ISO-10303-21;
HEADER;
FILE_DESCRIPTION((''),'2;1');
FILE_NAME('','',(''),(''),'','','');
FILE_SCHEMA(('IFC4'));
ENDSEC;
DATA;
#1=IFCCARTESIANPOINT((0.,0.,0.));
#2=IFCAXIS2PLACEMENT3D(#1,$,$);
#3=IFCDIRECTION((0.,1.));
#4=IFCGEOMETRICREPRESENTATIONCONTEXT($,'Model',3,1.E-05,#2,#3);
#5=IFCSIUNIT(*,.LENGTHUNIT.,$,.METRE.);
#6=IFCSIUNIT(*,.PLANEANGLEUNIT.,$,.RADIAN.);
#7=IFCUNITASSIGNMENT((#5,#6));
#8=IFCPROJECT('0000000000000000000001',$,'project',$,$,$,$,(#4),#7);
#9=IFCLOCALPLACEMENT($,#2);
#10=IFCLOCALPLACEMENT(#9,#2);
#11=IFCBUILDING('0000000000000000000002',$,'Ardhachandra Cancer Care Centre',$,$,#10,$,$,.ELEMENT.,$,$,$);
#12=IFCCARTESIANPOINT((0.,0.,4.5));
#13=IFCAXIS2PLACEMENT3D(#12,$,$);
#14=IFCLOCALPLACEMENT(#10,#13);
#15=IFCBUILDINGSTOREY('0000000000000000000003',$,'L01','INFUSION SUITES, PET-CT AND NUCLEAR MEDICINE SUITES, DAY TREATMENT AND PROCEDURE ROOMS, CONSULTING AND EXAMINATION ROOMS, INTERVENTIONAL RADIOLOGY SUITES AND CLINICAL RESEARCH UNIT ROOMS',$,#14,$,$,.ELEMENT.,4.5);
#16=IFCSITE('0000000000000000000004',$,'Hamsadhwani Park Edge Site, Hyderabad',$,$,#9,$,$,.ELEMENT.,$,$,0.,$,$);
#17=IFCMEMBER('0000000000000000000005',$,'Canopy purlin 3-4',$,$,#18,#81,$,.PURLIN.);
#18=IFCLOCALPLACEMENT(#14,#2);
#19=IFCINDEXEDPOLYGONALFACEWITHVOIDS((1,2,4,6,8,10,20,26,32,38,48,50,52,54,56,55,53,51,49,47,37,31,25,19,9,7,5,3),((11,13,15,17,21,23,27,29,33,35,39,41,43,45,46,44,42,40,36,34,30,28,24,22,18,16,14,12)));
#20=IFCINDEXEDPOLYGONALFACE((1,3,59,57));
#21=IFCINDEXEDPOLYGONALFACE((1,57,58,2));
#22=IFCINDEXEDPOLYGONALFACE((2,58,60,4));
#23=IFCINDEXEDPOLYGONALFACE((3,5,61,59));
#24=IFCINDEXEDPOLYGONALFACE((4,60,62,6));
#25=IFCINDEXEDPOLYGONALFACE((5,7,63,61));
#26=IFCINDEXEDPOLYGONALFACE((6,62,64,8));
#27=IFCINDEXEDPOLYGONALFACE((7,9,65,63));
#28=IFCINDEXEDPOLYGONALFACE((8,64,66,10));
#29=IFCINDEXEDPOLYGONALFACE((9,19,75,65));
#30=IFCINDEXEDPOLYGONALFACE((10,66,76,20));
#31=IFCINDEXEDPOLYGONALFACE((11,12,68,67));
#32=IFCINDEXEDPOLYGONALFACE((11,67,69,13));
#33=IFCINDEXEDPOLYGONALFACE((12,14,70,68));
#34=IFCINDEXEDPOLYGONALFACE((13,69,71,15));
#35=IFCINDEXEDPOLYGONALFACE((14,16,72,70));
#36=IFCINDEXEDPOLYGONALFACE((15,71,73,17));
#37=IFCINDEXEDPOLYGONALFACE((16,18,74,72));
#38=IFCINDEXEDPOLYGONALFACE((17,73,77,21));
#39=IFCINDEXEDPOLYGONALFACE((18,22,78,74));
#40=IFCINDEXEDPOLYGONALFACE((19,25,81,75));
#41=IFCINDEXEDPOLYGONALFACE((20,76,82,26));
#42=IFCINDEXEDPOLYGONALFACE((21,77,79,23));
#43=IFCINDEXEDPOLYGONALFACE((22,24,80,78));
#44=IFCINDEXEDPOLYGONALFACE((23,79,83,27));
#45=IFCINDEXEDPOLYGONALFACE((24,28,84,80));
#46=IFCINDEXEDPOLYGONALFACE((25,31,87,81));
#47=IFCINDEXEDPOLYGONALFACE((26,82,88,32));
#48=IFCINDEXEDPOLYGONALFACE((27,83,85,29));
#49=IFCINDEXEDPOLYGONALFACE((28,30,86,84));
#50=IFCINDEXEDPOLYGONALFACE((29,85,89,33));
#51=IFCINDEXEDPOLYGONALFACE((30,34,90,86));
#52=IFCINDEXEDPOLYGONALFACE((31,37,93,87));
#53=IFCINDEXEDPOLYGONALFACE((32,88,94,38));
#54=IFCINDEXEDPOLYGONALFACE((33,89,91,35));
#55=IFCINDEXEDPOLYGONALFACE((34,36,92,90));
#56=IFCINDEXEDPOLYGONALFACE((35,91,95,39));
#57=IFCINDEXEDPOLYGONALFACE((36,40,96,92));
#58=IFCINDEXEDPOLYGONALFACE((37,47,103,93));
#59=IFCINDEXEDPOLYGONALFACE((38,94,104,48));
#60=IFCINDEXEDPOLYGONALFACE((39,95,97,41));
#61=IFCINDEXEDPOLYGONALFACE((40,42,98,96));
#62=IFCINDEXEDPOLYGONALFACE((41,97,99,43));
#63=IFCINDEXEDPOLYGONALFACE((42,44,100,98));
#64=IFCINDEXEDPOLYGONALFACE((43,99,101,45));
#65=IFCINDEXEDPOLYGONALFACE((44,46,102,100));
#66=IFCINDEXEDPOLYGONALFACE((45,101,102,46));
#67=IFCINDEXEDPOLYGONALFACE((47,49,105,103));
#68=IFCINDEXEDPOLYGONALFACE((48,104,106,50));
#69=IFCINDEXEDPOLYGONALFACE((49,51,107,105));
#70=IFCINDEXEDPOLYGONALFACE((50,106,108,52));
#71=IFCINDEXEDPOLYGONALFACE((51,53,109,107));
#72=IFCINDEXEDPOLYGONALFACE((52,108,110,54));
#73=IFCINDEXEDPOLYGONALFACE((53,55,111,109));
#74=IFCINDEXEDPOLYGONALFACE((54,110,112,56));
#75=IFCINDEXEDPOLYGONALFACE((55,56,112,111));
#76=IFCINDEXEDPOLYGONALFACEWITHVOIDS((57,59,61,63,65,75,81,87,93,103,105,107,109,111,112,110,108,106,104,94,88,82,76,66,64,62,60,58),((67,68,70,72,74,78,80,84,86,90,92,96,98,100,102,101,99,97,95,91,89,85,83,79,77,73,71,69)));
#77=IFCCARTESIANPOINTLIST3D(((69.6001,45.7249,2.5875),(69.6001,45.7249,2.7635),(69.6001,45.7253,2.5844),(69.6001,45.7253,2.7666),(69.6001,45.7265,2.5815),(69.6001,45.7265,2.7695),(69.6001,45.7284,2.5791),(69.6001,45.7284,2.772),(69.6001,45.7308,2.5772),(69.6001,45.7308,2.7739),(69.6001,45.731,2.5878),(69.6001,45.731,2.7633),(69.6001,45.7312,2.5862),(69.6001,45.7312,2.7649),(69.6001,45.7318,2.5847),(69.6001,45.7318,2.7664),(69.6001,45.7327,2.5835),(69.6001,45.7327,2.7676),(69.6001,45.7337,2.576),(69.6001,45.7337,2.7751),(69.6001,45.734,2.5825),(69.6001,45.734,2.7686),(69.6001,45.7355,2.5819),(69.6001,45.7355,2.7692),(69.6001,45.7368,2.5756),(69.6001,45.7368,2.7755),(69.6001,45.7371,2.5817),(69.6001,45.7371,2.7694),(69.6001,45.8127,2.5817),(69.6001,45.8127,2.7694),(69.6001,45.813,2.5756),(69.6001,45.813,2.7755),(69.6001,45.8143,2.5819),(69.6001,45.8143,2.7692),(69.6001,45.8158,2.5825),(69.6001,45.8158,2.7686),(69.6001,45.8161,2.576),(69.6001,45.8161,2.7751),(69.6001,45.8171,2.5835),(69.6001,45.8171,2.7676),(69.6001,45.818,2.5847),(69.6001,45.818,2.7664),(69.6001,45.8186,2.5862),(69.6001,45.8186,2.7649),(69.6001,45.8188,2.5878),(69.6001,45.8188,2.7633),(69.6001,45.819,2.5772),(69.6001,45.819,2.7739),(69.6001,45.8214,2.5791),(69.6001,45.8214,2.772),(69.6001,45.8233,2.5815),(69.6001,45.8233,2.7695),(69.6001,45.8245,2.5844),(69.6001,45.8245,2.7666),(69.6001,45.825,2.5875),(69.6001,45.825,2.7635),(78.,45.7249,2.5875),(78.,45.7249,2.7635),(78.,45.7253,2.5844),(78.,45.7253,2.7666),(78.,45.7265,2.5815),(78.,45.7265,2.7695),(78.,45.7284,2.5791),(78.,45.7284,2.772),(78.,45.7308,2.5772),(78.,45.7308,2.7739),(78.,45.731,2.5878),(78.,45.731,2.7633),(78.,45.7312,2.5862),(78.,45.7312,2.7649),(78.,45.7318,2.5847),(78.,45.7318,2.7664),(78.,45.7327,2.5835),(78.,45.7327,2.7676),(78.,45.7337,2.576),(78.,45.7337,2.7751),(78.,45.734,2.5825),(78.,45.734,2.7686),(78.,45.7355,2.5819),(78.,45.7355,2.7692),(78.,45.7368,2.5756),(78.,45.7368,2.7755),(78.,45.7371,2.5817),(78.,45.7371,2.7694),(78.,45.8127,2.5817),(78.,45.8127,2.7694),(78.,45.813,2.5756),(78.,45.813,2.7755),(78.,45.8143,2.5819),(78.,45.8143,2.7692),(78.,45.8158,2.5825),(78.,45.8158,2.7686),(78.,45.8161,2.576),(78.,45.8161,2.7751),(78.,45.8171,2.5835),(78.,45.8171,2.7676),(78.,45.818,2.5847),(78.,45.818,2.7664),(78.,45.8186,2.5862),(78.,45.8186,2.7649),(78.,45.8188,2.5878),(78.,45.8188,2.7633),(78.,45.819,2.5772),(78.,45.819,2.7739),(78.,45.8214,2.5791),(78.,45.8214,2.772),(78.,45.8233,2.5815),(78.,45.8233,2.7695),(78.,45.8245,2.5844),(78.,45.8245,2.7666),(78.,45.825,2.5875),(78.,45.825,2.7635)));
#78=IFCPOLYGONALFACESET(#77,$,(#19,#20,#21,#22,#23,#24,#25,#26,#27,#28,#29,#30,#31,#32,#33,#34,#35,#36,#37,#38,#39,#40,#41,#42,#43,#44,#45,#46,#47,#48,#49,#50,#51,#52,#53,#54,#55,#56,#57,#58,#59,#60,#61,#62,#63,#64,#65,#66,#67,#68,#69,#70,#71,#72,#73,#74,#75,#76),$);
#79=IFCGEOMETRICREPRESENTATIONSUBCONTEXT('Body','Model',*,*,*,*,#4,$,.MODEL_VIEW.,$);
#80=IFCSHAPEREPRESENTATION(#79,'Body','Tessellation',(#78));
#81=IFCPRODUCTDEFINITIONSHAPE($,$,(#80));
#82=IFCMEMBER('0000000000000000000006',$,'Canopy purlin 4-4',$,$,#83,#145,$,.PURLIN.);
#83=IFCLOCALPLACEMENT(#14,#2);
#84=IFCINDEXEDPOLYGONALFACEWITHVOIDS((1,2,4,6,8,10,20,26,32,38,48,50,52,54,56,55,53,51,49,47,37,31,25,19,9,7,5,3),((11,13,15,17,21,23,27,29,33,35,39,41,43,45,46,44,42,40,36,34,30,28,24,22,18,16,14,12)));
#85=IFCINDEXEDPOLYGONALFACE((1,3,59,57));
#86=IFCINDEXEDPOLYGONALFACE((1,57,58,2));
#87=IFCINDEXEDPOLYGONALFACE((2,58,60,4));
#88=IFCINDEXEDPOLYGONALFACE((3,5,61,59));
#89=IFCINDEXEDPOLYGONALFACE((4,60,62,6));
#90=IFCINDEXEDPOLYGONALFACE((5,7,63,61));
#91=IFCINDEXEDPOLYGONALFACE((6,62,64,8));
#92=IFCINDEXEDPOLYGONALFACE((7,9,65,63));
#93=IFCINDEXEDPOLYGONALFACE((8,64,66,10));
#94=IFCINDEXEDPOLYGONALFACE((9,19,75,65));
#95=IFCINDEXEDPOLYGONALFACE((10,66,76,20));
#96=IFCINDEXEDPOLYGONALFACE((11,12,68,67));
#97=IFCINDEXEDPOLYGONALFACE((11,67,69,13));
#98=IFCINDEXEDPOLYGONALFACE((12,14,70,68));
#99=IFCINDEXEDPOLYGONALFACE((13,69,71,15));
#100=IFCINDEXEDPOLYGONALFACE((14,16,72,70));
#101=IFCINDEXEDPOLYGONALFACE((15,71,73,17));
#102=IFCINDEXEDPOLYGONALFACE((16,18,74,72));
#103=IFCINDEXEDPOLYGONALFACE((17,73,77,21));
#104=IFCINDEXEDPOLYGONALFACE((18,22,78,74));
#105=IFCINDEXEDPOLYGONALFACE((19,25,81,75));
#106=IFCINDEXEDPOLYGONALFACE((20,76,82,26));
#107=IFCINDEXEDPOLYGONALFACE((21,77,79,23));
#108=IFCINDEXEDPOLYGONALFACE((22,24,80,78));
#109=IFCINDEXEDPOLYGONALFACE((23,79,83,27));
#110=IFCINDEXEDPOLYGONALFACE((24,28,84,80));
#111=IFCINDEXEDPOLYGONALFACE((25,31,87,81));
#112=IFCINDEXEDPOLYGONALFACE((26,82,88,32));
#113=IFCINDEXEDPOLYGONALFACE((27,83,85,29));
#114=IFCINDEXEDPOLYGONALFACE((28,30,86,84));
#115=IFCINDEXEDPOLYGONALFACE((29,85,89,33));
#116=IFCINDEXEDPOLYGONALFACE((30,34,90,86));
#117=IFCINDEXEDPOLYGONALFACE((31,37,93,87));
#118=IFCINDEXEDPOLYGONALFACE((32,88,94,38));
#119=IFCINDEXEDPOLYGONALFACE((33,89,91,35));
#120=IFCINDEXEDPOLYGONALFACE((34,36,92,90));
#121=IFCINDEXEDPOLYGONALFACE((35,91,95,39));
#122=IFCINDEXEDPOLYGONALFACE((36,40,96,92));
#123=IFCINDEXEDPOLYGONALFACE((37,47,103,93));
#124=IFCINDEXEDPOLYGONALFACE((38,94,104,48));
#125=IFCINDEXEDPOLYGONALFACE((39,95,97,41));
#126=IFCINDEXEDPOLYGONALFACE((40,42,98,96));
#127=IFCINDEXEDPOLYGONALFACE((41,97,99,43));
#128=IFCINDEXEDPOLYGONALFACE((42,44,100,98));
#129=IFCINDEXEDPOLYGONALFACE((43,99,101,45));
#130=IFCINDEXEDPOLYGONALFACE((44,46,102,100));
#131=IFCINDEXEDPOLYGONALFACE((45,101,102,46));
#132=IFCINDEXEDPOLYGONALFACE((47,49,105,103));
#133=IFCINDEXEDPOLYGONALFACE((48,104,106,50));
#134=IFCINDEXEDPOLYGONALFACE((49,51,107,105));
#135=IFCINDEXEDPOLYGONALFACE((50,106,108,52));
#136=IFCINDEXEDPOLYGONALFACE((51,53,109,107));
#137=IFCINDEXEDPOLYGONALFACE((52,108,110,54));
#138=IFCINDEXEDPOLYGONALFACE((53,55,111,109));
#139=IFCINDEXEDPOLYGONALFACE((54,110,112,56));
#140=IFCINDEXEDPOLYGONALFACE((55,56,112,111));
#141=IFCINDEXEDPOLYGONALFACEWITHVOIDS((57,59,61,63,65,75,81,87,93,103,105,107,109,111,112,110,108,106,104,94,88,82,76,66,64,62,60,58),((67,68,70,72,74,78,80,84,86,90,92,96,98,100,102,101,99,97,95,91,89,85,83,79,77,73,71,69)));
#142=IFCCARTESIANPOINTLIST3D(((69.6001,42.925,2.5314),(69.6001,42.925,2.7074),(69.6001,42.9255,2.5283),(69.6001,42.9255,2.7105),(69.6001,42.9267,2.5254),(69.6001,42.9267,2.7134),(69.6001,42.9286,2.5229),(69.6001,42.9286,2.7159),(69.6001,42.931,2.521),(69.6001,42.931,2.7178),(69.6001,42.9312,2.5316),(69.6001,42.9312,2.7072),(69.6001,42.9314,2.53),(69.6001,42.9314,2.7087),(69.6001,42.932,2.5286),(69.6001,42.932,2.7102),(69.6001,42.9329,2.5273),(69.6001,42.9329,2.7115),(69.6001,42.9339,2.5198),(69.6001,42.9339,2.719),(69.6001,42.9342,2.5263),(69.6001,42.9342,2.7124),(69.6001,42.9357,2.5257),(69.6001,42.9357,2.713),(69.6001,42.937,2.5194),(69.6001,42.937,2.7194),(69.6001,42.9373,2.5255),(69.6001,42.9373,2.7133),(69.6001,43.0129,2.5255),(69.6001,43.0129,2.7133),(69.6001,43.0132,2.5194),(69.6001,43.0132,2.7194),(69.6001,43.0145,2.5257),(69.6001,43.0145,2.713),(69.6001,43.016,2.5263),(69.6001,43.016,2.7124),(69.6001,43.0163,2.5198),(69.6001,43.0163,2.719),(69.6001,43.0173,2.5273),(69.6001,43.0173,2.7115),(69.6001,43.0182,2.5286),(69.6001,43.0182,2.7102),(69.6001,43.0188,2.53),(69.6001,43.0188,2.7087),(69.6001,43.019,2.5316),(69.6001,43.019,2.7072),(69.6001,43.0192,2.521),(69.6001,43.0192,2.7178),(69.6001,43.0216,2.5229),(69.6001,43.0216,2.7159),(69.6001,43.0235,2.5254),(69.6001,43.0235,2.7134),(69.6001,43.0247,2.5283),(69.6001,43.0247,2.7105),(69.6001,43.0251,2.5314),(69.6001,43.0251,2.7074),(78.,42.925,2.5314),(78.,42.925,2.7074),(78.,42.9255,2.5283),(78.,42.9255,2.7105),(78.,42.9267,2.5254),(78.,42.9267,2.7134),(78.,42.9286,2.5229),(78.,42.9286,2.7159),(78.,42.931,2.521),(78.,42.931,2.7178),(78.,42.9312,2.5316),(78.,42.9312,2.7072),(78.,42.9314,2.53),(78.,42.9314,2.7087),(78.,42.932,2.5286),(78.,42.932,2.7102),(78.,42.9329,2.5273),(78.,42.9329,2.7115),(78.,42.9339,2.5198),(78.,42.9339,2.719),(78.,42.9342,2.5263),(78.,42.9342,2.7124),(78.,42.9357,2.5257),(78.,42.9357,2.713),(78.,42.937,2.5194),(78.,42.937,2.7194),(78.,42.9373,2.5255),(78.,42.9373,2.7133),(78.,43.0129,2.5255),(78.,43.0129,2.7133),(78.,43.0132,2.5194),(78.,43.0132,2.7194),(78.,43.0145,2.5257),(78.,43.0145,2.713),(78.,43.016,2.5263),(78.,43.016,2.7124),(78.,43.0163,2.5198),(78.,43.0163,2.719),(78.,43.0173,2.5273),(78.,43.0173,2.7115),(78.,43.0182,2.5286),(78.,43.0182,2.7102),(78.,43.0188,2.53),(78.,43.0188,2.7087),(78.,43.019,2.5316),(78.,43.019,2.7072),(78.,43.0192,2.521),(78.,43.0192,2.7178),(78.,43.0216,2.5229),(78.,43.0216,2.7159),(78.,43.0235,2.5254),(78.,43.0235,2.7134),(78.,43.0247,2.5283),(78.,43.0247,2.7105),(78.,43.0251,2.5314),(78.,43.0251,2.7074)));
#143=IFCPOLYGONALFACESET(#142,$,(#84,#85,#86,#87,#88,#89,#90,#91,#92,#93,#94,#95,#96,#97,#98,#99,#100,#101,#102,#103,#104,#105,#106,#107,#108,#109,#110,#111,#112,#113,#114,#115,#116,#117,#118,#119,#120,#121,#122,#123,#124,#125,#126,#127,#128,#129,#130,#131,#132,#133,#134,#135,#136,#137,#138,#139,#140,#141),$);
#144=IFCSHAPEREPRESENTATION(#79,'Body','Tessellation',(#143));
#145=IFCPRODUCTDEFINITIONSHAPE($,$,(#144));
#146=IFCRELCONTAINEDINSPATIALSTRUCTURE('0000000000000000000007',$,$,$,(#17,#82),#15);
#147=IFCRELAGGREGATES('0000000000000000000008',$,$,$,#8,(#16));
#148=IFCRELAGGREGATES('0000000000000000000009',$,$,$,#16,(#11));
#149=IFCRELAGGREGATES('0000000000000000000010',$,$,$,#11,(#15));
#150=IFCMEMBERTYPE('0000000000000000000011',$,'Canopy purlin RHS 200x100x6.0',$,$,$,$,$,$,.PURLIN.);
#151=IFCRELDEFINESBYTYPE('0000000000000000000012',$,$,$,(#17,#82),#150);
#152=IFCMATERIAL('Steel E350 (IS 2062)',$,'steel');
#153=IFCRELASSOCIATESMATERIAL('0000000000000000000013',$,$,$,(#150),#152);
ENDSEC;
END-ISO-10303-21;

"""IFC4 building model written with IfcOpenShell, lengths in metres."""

from ifc_helpers import new_model, si_unit, direction, frame, origin, origin_2d, place, context, subcontext, project, spatial, hollow_rectangle, extrude, material, material_profile, profile_set, type_object, element, save


model = new_model("IFC4")

# Units and contexts
model_context = context("Model", 3, precision=1e-05, world=origin(), true_north=direction((0.0, 1.0)))
body_context = subcontext(model_context, "Body", "Model", "MODEL_VIEW")
ifc_project = project(units=[si_unit("LENGTHUNIT", "METRE"), si_unit("PLANEANGLEUNIT", "RADIAN")], contexts=[model_context])

# Site, building, storey
site_placement = place(None, origin())
site = spatial("IfcSite", under=ifc_project, at=site_placement, Name="Hamsadhwani Park Edge Site, Hyderabad", CompositionType="ELEMENT", RefElevation=0.0)
building_placement = place(site_placement, origin())
building = spatial("IfcBuilding", under=site, at=building_placement, Name="Ardhachandra Cancer Care Centre", CompositionType="ELEMENT")
storey_placement = place(building_placement, frame((0.0, 0.0, 4.5)))
storey = spatial("IfcBuildingStorey", under=building, at=storey_placement, Name="L01", Description="INFUSION SUITES, PET-CT AND NUCLEAR MEDICINE SUITES, DAY TREATMENT AND PROCEDURE ROOMS, CONSULTING AND EXAMINATION ROOMS, INTERVENTIONAL RADIOLOGY SUITES AND CLINICAL RESEARCH UNIT ROOMS", CompositionType="ELEMENT", Elevation=4.5)

# Members
ifc_material_1 = material(Name="Steel E350 (IS 2062)", Category="steel")
ifc_material_profile_1 = material_profile(ifc_material_1, hollow_rectangle(XDim=0.1001, YDim=0.2, WallThickness=0.0061, InnerFilletRadius=0.0061, OuterFilletRadius=0.012, at=origin_2d()), Name="RHS 200x100x6.0")
ifc_profile_set_1 = profile_set([ifc_material_profile_1], Name="Steel E350 (IS 2062)")
member_type_1 = type_object("IfcMemberType", Name="Canopy purlin RHS 200x100x6.0", PredefinedType="PURLIN", material=ifc_profile_set_1)
for number, where, z_axis, x_axis, name in (
    (1, (69.6001, 45.7749, 2.6755), (1.0, 0.0, 0.0), (0.0, 1.0, 0.0), "Canopy purlin 3-4"),
    (2, (69.6001, 42.9751, 2.6194), (1.0, 0.0, 0.0), (0.0, 1.0, 0.0), "Canopy purlin 4-4"),
):
    element("IfcMember", number, at=place(storey_placement, frame(where, z_axis=z_axis, x_axis=x_axis)), inside=storey, type_object=member_type_1, Name=name, PredefinedType="PURLIN", context=body_context, shape_type="SweptSolid", body=[
        extrude(hollow_rectangle(XDim=0.1001, YDim=0.2, WallThickness=0.0061, InnerFilletRadius=0.0061, OuterFilletRadius=0.012, at=origin_2d()), origin(), (0.0, 0.0, 1.0), 8.3999),
    ])

save(model, "model.ifc")
